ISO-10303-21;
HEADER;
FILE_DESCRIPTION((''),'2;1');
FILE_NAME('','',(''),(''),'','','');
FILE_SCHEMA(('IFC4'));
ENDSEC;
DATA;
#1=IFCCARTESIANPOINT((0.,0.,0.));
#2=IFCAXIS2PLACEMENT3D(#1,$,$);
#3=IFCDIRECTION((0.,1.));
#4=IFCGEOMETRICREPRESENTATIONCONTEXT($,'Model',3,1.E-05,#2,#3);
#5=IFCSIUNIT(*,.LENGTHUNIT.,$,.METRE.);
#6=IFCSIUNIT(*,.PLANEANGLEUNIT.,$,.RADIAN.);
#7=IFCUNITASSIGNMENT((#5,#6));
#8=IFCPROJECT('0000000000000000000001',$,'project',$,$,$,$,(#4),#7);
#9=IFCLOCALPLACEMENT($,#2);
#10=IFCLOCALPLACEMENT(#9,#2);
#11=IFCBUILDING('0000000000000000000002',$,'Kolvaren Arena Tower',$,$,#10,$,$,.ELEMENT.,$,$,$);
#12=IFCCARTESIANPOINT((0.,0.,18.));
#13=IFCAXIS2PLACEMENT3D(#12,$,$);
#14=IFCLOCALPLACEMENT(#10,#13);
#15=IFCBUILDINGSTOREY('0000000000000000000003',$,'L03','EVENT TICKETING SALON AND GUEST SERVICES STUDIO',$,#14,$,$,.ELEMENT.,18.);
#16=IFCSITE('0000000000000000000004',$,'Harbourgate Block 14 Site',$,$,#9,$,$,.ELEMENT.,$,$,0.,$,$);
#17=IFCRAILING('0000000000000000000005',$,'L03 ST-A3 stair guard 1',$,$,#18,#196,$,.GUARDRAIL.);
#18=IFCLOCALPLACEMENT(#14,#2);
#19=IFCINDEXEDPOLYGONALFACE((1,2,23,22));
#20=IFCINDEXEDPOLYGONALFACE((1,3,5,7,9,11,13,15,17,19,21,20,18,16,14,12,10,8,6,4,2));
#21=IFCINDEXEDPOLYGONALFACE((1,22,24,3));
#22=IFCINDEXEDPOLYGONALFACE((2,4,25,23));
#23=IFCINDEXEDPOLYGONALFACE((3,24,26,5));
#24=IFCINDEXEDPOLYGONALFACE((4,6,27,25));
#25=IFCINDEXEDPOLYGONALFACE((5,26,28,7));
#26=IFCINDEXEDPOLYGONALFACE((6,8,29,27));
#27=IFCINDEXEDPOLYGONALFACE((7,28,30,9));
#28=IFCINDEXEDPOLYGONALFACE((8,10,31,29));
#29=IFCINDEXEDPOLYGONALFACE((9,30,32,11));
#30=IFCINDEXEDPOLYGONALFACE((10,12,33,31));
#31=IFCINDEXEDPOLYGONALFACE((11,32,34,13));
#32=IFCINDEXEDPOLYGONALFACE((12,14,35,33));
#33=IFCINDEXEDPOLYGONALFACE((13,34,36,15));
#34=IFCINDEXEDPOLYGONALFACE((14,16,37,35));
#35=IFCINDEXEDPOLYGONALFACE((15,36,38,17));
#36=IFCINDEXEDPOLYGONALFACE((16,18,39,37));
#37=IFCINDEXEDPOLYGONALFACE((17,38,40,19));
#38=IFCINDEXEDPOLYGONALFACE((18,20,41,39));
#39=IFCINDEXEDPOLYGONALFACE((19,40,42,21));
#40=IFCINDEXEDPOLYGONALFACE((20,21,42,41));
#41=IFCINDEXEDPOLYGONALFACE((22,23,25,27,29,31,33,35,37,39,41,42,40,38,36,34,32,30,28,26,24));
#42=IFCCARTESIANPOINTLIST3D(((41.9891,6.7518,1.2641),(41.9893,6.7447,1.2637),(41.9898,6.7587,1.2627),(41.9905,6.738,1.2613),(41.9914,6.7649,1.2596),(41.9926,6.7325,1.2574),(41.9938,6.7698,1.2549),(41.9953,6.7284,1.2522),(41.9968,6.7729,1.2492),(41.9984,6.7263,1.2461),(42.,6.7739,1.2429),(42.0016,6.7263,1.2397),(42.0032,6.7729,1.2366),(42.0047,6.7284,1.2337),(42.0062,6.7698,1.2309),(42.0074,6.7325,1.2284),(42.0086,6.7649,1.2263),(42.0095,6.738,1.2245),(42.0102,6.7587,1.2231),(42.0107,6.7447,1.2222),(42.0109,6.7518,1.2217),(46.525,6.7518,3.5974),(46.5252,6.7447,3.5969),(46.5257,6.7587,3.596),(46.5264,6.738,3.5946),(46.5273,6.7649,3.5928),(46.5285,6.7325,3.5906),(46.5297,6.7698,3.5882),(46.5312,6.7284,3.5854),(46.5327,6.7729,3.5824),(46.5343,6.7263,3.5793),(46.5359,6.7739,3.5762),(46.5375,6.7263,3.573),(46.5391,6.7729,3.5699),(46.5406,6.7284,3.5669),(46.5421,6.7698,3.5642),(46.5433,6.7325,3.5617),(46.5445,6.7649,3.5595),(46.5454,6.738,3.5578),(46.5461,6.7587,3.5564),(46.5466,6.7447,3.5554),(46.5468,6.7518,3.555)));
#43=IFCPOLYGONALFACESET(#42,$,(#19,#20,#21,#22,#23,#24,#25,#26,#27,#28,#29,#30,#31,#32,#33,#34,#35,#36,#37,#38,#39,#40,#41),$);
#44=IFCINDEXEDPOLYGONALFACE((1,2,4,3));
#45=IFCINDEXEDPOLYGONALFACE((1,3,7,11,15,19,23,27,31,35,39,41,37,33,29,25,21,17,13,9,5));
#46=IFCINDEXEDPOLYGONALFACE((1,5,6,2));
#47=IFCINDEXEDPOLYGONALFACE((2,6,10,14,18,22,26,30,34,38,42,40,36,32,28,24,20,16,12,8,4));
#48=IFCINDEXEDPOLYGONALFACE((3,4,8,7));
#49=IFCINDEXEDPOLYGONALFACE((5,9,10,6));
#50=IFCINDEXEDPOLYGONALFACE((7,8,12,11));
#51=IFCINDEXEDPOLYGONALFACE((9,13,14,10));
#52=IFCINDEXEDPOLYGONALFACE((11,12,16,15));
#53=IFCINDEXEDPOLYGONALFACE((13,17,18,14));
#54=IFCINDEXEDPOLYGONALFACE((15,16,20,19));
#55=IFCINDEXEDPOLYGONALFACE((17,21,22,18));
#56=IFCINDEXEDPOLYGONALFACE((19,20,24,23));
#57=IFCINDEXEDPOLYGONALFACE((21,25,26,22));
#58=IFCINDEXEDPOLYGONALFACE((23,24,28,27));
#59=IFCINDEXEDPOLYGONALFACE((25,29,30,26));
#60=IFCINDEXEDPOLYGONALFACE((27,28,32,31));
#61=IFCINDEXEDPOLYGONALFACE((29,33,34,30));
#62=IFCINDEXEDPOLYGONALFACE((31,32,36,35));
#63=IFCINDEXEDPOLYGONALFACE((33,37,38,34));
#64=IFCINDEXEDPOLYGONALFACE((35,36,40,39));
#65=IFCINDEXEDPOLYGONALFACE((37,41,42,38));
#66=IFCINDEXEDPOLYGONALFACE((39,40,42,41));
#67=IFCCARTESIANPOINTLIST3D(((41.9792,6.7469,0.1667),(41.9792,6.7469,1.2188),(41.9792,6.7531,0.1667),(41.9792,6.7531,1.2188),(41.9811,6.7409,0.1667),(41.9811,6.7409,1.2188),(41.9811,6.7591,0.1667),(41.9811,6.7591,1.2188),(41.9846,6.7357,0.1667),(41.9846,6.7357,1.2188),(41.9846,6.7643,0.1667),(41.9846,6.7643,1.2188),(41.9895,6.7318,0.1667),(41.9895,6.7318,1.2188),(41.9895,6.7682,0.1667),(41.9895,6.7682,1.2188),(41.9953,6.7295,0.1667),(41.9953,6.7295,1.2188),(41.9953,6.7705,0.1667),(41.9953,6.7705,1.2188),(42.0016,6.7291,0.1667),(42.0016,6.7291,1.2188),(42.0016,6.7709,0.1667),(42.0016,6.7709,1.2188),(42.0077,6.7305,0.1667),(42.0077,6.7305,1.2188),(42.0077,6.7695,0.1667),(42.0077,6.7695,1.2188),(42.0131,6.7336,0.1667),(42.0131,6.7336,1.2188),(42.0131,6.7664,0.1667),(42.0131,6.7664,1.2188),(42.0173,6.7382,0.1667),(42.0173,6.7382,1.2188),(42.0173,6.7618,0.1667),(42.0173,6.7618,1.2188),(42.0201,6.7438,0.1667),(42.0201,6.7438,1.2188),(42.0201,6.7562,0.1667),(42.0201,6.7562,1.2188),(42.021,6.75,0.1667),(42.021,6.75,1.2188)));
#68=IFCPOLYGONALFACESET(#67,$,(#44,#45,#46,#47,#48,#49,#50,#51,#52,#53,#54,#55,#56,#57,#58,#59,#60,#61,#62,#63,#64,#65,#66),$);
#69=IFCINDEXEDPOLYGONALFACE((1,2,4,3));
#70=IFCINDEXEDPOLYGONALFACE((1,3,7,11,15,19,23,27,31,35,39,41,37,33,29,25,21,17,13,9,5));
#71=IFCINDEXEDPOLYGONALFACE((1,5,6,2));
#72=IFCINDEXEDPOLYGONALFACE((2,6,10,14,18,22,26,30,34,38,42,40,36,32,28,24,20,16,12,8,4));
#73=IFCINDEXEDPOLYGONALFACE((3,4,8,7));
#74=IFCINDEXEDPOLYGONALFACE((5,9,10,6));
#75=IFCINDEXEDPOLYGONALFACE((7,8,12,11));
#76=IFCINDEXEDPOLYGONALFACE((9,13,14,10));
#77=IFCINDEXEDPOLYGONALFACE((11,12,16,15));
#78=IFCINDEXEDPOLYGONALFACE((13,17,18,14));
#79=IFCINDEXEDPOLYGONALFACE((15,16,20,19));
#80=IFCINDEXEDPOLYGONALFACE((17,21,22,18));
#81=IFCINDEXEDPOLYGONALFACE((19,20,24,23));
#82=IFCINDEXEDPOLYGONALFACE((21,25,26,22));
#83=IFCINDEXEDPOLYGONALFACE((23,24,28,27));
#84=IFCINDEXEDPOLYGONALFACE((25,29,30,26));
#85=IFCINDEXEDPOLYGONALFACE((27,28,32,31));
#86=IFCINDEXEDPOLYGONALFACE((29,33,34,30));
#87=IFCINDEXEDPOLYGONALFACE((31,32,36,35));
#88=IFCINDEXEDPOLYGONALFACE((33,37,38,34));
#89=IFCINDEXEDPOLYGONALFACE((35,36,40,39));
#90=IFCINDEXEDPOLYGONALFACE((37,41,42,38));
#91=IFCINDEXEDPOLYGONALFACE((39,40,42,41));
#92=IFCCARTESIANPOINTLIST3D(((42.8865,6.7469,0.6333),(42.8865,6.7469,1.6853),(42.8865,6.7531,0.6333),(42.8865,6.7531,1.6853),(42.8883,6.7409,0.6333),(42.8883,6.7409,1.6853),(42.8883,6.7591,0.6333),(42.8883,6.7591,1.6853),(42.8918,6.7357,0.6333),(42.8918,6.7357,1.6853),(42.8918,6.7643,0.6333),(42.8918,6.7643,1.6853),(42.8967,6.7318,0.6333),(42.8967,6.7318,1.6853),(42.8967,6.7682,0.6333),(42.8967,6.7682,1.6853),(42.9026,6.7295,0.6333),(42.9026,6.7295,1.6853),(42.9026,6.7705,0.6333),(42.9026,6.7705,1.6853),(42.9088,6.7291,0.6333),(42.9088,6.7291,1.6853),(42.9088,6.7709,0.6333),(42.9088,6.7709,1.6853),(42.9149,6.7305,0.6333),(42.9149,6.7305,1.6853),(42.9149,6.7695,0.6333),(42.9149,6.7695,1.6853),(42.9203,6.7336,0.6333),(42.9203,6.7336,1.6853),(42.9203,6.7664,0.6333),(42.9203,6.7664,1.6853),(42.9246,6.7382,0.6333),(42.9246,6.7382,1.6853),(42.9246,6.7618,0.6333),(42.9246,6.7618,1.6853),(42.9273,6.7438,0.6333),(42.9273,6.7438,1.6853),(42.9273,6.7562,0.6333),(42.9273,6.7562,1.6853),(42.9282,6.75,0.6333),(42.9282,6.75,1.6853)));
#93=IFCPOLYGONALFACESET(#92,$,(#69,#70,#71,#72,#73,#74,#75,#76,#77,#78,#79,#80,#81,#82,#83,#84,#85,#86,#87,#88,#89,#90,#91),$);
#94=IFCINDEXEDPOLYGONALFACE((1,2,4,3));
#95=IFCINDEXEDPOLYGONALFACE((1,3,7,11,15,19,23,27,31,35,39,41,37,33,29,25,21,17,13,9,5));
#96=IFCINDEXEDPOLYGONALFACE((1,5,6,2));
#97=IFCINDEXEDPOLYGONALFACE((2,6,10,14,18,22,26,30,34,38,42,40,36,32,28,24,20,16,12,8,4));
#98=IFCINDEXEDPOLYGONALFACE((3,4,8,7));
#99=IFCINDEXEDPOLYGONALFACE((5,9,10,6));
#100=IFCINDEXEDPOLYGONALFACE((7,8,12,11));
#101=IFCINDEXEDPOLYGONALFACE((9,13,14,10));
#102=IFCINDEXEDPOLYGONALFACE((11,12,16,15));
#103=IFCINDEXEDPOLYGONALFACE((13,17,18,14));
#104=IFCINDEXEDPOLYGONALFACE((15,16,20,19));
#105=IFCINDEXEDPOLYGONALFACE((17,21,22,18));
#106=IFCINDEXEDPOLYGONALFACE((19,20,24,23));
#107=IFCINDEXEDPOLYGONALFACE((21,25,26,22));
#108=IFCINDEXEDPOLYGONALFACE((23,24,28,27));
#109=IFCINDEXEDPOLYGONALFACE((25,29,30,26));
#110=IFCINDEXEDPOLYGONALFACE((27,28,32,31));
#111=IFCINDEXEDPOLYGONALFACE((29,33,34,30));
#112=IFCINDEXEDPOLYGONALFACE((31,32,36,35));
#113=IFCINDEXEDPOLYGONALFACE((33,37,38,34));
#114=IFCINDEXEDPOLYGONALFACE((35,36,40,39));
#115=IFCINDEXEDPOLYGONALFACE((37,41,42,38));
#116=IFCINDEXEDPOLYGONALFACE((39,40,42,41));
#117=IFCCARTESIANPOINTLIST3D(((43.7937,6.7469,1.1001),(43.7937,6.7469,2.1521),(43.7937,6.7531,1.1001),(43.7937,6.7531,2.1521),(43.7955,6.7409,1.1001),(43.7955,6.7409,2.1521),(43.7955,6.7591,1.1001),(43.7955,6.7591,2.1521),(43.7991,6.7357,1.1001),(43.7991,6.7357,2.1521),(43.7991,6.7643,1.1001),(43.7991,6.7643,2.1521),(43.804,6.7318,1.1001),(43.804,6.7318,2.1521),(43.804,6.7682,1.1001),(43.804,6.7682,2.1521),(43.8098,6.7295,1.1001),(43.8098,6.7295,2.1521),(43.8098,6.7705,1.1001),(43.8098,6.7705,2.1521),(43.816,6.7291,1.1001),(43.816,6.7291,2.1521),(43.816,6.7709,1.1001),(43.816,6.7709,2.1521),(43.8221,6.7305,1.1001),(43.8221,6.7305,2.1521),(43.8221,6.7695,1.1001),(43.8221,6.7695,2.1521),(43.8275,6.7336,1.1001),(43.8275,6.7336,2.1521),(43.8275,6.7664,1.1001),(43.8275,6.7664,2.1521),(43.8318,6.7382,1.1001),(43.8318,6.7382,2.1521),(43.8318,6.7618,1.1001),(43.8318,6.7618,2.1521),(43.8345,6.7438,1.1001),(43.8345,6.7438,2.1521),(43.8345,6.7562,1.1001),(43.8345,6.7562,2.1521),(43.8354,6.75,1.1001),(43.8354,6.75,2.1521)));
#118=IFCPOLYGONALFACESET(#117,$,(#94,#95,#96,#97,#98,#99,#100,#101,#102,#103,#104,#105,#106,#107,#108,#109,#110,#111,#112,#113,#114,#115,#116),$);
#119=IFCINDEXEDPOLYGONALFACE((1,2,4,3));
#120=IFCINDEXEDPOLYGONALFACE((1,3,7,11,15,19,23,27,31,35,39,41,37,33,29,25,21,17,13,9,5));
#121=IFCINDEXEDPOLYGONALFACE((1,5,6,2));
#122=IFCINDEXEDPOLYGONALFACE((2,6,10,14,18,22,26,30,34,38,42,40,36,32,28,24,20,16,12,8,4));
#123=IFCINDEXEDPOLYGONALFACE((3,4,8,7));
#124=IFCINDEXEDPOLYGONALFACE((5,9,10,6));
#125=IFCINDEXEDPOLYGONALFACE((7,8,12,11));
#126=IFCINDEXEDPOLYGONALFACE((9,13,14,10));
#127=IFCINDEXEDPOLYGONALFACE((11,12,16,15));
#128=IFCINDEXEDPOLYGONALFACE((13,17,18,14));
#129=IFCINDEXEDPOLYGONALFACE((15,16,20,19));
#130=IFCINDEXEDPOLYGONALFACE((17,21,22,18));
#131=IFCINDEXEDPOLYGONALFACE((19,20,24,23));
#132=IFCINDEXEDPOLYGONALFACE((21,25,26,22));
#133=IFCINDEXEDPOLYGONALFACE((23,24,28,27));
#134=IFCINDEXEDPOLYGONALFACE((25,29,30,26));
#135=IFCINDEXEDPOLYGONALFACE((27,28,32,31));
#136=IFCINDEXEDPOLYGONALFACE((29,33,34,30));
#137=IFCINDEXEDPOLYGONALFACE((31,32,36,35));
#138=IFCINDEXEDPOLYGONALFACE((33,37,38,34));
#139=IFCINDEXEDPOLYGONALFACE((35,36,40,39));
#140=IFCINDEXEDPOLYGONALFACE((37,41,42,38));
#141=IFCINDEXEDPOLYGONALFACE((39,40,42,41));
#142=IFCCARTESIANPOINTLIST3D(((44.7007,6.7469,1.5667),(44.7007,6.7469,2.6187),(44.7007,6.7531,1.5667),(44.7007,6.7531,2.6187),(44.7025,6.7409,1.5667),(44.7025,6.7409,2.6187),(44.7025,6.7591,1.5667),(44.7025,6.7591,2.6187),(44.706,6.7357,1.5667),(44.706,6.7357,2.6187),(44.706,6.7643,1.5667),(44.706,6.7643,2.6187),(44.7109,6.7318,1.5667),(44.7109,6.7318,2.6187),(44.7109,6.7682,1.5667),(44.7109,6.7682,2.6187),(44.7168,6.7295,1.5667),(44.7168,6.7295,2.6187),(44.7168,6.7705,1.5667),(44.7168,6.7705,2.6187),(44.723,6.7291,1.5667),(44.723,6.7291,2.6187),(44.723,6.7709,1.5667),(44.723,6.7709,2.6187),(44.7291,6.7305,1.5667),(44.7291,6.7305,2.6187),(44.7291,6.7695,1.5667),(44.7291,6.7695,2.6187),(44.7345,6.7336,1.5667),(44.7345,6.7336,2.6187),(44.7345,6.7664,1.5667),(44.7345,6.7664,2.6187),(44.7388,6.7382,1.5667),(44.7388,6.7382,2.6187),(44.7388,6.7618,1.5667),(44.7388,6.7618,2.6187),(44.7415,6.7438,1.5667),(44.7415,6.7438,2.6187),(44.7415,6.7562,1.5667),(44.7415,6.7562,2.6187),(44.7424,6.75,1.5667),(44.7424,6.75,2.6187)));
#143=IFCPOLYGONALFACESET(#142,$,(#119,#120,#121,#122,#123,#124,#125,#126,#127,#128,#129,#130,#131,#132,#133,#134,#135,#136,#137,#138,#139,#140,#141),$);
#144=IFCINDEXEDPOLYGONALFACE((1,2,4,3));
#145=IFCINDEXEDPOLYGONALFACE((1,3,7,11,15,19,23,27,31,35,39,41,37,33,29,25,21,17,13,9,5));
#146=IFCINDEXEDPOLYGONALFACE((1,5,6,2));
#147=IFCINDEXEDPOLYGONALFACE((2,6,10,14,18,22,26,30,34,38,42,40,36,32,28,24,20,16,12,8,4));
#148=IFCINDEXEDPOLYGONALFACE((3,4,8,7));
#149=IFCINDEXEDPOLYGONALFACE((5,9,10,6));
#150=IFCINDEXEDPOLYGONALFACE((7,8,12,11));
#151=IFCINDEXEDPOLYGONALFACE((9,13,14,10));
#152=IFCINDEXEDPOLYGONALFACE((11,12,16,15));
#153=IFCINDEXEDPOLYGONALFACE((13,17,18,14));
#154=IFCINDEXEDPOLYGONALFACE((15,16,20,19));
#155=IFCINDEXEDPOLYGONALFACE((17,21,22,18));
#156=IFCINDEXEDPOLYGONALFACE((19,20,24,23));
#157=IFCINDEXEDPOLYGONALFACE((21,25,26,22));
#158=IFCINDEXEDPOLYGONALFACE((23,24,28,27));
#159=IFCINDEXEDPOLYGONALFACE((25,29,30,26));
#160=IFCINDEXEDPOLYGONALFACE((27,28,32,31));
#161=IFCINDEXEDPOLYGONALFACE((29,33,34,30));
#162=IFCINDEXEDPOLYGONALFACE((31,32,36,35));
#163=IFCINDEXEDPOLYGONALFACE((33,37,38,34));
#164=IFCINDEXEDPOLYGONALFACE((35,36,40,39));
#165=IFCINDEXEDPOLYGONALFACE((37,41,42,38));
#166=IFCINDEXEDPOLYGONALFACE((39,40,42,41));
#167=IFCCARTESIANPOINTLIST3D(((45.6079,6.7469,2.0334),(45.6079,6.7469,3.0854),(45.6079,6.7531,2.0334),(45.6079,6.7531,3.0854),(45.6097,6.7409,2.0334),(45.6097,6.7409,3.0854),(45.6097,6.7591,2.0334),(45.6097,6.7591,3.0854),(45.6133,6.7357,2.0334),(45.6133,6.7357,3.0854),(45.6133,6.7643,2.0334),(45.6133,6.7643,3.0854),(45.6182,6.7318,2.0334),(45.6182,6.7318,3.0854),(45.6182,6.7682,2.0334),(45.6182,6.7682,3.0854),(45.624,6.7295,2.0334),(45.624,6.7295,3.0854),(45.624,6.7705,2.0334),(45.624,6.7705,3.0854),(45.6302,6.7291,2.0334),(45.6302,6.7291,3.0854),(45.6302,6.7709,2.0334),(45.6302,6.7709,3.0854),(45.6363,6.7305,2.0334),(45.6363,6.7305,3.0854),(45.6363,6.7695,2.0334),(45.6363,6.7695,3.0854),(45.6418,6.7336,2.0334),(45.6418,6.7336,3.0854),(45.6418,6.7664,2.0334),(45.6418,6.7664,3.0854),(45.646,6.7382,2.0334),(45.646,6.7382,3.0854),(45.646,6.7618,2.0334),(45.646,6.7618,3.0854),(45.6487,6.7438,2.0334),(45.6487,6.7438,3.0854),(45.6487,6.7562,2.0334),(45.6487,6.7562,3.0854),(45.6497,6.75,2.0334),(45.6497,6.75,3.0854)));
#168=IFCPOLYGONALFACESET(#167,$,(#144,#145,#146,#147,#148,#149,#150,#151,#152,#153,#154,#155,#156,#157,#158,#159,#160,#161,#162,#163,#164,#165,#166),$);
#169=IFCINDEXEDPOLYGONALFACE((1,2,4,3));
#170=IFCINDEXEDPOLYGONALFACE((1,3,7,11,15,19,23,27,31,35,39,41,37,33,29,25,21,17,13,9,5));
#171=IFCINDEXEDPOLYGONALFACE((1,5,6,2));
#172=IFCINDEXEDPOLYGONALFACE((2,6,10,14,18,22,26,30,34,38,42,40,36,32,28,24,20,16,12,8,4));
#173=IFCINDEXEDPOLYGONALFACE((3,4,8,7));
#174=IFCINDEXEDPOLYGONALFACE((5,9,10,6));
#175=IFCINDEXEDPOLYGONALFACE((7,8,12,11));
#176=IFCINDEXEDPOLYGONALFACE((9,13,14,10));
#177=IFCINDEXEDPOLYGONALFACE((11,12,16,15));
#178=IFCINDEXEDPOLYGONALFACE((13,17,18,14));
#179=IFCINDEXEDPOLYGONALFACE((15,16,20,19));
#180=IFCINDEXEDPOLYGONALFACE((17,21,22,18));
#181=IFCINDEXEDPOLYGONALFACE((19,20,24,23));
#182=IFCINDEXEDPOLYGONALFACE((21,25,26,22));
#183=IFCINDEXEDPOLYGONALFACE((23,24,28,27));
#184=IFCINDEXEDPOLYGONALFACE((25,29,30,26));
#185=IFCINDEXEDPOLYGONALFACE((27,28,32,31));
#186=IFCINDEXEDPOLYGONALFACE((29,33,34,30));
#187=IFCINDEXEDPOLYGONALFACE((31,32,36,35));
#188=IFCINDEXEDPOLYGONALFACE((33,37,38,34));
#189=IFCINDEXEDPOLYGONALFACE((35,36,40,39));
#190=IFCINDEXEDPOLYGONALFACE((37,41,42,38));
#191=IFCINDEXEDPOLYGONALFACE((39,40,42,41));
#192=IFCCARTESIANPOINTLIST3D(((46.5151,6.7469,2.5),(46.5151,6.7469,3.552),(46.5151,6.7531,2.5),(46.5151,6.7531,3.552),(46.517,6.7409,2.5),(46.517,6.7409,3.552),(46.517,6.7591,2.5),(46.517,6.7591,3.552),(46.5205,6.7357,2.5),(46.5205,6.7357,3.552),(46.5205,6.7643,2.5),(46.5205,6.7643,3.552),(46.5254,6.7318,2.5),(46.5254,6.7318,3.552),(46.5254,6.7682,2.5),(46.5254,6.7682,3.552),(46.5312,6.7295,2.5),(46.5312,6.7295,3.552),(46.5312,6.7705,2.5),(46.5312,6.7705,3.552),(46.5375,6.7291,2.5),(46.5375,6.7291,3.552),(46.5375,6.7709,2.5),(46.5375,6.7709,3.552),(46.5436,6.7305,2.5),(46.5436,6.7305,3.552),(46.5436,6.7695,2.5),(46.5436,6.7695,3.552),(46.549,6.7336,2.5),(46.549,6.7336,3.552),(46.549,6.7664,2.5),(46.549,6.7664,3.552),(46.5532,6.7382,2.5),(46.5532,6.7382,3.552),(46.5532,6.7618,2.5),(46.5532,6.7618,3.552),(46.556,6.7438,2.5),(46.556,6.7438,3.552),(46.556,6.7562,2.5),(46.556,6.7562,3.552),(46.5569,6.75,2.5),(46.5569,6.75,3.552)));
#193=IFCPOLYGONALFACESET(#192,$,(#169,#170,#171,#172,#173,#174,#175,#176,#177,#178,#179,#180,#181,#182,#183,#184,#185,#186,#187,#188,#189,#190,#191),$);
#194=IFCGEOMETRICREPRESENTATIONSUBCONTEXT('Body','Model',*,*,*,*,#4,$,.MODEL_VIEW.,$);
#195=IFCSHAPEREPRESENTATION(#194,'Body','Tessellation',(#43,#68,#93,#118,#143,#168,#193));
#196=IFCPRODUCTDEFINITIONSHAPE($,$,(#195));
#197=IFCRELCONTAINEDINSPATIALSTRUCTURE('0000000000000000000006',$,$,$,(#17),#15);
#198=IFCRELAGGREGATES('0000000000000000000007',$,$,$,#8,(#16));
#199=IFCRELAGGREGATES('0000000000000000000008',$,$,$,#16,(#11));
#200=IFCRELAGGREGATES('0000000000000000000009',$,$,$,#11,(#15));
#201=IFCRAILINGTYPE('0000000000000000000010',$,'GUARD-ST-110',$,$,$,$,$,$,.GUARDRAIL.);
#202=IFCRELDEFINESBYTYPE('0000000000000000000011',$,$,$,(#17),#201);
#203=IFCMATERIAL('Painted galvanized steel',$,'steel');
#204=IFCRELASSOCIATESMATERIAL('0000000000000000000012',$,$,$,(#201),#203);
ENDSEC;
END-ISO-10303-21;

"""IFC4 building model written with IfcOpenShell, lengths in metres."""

from ifc_helpers import new_model, si_unit, direction, frame, origin, origin_2d, place, context, subcontext, project, spatial, circle, extrude, material, type_object, element, save


model = new_model("IFC4")

# Units and contexts
model_context = context("Model", 3, precision=1e-05, world=origin(), true_north=direction((0.0, 1.0)))
body_context = subcontext(model_context, "Body", "Model", "MODEL_VIEW")
ifc_project = project(units=[si_unit("LENGTHUNIT", "METRE"), si_unit("PLANEANGLEUNIT", "RADIAN")], contexts=[model_context])

# Site, building, storey
site_placement = place(None, origin())
site = spatial("IfcSite", under=ifc_project, at=site_placement, Name="Harbourgate Block 14 Site", CompositionType="ELEMENT", RefElevation=0.0)
building_placement = place(site_placement, origin())
building = spatial("IfcBuilding", under=site, at=building_placement, Name="Kolvaren Arena Tower", CompositionType="ELEMENT")
storey_placement = place(building_placement, frame((0.0, 0.0, 18.0)))
storey = spatial("IfcBuildingStorey", under=building, at=storey_placement, Name="L03", Description="EVENT TICKETING SALON AND GUEST SERVICES STUDIO", CompositionType="ELEMENT", Elevation=18.0)

# Railing
ifc_material_1 = material(Name="Painted galvanized steel", Category="steel")
railing_type_1 = type_object("IfcRailingType", Name="GUARD-ST-110", PredefinedType="GUARDRAIL", material=ifc_material_1)
railing_1_placement = place(storey_placement, frame((42.0, 6.75, 0.1667)))
element("IfcRailing", 1, at=railing_1_placement, inside=storey, type_object=railing_type_1, Name="L03 ST-A3 stair guard 1", PredefinedType="GUARDRAIL", context=body_context, shape_type="SweptSolid", body=[
    extrude(circle(Radius=0.0239, at=origin_2d()), frame((0.0, 0.0, 1.0762), z_axis=(0.889247, 0.0, 0.457427), x_axis=(0.0, 1.0, 0.0)), (0.0, 0.0, 1.0), 5.1008),
    extrude(circle(Radius=0.021, at=origin_2d()), origin(), (0.0, 0.0, 1.0), 1.052),
    extrude(circle(Radius=0.021, at=origin_2d()), frame((0.9072, 0.0, 0.4666)), (0.0, 0.0, 1.0), 1.052),
    extrude(circle(Radius=0.021, at=origin_2d()), frame((1.8145, 0.0, 0.9333)), (0.0, 0.0, 1.0), 1.052),
    extrude(circle(Radius=0.021, at=origin_2d()), frame((2.7214, 0.0, 1.3999)), (0.0, 0.0, 1.0), 1.052),
    extrude(circle(Radius=0.021, at=origin_2d()), frame((3.6287, 0.0, 1.8667)), (0.0, 0.0, 1.0), 1.052),
    extrude(circle(Radius=0.021, at=origin_2d()), frame((4.5359, 0.0, 2.3333)), (0.0, 0.0, 1.0), 1.052),
])

save(model, "model.ifc")
